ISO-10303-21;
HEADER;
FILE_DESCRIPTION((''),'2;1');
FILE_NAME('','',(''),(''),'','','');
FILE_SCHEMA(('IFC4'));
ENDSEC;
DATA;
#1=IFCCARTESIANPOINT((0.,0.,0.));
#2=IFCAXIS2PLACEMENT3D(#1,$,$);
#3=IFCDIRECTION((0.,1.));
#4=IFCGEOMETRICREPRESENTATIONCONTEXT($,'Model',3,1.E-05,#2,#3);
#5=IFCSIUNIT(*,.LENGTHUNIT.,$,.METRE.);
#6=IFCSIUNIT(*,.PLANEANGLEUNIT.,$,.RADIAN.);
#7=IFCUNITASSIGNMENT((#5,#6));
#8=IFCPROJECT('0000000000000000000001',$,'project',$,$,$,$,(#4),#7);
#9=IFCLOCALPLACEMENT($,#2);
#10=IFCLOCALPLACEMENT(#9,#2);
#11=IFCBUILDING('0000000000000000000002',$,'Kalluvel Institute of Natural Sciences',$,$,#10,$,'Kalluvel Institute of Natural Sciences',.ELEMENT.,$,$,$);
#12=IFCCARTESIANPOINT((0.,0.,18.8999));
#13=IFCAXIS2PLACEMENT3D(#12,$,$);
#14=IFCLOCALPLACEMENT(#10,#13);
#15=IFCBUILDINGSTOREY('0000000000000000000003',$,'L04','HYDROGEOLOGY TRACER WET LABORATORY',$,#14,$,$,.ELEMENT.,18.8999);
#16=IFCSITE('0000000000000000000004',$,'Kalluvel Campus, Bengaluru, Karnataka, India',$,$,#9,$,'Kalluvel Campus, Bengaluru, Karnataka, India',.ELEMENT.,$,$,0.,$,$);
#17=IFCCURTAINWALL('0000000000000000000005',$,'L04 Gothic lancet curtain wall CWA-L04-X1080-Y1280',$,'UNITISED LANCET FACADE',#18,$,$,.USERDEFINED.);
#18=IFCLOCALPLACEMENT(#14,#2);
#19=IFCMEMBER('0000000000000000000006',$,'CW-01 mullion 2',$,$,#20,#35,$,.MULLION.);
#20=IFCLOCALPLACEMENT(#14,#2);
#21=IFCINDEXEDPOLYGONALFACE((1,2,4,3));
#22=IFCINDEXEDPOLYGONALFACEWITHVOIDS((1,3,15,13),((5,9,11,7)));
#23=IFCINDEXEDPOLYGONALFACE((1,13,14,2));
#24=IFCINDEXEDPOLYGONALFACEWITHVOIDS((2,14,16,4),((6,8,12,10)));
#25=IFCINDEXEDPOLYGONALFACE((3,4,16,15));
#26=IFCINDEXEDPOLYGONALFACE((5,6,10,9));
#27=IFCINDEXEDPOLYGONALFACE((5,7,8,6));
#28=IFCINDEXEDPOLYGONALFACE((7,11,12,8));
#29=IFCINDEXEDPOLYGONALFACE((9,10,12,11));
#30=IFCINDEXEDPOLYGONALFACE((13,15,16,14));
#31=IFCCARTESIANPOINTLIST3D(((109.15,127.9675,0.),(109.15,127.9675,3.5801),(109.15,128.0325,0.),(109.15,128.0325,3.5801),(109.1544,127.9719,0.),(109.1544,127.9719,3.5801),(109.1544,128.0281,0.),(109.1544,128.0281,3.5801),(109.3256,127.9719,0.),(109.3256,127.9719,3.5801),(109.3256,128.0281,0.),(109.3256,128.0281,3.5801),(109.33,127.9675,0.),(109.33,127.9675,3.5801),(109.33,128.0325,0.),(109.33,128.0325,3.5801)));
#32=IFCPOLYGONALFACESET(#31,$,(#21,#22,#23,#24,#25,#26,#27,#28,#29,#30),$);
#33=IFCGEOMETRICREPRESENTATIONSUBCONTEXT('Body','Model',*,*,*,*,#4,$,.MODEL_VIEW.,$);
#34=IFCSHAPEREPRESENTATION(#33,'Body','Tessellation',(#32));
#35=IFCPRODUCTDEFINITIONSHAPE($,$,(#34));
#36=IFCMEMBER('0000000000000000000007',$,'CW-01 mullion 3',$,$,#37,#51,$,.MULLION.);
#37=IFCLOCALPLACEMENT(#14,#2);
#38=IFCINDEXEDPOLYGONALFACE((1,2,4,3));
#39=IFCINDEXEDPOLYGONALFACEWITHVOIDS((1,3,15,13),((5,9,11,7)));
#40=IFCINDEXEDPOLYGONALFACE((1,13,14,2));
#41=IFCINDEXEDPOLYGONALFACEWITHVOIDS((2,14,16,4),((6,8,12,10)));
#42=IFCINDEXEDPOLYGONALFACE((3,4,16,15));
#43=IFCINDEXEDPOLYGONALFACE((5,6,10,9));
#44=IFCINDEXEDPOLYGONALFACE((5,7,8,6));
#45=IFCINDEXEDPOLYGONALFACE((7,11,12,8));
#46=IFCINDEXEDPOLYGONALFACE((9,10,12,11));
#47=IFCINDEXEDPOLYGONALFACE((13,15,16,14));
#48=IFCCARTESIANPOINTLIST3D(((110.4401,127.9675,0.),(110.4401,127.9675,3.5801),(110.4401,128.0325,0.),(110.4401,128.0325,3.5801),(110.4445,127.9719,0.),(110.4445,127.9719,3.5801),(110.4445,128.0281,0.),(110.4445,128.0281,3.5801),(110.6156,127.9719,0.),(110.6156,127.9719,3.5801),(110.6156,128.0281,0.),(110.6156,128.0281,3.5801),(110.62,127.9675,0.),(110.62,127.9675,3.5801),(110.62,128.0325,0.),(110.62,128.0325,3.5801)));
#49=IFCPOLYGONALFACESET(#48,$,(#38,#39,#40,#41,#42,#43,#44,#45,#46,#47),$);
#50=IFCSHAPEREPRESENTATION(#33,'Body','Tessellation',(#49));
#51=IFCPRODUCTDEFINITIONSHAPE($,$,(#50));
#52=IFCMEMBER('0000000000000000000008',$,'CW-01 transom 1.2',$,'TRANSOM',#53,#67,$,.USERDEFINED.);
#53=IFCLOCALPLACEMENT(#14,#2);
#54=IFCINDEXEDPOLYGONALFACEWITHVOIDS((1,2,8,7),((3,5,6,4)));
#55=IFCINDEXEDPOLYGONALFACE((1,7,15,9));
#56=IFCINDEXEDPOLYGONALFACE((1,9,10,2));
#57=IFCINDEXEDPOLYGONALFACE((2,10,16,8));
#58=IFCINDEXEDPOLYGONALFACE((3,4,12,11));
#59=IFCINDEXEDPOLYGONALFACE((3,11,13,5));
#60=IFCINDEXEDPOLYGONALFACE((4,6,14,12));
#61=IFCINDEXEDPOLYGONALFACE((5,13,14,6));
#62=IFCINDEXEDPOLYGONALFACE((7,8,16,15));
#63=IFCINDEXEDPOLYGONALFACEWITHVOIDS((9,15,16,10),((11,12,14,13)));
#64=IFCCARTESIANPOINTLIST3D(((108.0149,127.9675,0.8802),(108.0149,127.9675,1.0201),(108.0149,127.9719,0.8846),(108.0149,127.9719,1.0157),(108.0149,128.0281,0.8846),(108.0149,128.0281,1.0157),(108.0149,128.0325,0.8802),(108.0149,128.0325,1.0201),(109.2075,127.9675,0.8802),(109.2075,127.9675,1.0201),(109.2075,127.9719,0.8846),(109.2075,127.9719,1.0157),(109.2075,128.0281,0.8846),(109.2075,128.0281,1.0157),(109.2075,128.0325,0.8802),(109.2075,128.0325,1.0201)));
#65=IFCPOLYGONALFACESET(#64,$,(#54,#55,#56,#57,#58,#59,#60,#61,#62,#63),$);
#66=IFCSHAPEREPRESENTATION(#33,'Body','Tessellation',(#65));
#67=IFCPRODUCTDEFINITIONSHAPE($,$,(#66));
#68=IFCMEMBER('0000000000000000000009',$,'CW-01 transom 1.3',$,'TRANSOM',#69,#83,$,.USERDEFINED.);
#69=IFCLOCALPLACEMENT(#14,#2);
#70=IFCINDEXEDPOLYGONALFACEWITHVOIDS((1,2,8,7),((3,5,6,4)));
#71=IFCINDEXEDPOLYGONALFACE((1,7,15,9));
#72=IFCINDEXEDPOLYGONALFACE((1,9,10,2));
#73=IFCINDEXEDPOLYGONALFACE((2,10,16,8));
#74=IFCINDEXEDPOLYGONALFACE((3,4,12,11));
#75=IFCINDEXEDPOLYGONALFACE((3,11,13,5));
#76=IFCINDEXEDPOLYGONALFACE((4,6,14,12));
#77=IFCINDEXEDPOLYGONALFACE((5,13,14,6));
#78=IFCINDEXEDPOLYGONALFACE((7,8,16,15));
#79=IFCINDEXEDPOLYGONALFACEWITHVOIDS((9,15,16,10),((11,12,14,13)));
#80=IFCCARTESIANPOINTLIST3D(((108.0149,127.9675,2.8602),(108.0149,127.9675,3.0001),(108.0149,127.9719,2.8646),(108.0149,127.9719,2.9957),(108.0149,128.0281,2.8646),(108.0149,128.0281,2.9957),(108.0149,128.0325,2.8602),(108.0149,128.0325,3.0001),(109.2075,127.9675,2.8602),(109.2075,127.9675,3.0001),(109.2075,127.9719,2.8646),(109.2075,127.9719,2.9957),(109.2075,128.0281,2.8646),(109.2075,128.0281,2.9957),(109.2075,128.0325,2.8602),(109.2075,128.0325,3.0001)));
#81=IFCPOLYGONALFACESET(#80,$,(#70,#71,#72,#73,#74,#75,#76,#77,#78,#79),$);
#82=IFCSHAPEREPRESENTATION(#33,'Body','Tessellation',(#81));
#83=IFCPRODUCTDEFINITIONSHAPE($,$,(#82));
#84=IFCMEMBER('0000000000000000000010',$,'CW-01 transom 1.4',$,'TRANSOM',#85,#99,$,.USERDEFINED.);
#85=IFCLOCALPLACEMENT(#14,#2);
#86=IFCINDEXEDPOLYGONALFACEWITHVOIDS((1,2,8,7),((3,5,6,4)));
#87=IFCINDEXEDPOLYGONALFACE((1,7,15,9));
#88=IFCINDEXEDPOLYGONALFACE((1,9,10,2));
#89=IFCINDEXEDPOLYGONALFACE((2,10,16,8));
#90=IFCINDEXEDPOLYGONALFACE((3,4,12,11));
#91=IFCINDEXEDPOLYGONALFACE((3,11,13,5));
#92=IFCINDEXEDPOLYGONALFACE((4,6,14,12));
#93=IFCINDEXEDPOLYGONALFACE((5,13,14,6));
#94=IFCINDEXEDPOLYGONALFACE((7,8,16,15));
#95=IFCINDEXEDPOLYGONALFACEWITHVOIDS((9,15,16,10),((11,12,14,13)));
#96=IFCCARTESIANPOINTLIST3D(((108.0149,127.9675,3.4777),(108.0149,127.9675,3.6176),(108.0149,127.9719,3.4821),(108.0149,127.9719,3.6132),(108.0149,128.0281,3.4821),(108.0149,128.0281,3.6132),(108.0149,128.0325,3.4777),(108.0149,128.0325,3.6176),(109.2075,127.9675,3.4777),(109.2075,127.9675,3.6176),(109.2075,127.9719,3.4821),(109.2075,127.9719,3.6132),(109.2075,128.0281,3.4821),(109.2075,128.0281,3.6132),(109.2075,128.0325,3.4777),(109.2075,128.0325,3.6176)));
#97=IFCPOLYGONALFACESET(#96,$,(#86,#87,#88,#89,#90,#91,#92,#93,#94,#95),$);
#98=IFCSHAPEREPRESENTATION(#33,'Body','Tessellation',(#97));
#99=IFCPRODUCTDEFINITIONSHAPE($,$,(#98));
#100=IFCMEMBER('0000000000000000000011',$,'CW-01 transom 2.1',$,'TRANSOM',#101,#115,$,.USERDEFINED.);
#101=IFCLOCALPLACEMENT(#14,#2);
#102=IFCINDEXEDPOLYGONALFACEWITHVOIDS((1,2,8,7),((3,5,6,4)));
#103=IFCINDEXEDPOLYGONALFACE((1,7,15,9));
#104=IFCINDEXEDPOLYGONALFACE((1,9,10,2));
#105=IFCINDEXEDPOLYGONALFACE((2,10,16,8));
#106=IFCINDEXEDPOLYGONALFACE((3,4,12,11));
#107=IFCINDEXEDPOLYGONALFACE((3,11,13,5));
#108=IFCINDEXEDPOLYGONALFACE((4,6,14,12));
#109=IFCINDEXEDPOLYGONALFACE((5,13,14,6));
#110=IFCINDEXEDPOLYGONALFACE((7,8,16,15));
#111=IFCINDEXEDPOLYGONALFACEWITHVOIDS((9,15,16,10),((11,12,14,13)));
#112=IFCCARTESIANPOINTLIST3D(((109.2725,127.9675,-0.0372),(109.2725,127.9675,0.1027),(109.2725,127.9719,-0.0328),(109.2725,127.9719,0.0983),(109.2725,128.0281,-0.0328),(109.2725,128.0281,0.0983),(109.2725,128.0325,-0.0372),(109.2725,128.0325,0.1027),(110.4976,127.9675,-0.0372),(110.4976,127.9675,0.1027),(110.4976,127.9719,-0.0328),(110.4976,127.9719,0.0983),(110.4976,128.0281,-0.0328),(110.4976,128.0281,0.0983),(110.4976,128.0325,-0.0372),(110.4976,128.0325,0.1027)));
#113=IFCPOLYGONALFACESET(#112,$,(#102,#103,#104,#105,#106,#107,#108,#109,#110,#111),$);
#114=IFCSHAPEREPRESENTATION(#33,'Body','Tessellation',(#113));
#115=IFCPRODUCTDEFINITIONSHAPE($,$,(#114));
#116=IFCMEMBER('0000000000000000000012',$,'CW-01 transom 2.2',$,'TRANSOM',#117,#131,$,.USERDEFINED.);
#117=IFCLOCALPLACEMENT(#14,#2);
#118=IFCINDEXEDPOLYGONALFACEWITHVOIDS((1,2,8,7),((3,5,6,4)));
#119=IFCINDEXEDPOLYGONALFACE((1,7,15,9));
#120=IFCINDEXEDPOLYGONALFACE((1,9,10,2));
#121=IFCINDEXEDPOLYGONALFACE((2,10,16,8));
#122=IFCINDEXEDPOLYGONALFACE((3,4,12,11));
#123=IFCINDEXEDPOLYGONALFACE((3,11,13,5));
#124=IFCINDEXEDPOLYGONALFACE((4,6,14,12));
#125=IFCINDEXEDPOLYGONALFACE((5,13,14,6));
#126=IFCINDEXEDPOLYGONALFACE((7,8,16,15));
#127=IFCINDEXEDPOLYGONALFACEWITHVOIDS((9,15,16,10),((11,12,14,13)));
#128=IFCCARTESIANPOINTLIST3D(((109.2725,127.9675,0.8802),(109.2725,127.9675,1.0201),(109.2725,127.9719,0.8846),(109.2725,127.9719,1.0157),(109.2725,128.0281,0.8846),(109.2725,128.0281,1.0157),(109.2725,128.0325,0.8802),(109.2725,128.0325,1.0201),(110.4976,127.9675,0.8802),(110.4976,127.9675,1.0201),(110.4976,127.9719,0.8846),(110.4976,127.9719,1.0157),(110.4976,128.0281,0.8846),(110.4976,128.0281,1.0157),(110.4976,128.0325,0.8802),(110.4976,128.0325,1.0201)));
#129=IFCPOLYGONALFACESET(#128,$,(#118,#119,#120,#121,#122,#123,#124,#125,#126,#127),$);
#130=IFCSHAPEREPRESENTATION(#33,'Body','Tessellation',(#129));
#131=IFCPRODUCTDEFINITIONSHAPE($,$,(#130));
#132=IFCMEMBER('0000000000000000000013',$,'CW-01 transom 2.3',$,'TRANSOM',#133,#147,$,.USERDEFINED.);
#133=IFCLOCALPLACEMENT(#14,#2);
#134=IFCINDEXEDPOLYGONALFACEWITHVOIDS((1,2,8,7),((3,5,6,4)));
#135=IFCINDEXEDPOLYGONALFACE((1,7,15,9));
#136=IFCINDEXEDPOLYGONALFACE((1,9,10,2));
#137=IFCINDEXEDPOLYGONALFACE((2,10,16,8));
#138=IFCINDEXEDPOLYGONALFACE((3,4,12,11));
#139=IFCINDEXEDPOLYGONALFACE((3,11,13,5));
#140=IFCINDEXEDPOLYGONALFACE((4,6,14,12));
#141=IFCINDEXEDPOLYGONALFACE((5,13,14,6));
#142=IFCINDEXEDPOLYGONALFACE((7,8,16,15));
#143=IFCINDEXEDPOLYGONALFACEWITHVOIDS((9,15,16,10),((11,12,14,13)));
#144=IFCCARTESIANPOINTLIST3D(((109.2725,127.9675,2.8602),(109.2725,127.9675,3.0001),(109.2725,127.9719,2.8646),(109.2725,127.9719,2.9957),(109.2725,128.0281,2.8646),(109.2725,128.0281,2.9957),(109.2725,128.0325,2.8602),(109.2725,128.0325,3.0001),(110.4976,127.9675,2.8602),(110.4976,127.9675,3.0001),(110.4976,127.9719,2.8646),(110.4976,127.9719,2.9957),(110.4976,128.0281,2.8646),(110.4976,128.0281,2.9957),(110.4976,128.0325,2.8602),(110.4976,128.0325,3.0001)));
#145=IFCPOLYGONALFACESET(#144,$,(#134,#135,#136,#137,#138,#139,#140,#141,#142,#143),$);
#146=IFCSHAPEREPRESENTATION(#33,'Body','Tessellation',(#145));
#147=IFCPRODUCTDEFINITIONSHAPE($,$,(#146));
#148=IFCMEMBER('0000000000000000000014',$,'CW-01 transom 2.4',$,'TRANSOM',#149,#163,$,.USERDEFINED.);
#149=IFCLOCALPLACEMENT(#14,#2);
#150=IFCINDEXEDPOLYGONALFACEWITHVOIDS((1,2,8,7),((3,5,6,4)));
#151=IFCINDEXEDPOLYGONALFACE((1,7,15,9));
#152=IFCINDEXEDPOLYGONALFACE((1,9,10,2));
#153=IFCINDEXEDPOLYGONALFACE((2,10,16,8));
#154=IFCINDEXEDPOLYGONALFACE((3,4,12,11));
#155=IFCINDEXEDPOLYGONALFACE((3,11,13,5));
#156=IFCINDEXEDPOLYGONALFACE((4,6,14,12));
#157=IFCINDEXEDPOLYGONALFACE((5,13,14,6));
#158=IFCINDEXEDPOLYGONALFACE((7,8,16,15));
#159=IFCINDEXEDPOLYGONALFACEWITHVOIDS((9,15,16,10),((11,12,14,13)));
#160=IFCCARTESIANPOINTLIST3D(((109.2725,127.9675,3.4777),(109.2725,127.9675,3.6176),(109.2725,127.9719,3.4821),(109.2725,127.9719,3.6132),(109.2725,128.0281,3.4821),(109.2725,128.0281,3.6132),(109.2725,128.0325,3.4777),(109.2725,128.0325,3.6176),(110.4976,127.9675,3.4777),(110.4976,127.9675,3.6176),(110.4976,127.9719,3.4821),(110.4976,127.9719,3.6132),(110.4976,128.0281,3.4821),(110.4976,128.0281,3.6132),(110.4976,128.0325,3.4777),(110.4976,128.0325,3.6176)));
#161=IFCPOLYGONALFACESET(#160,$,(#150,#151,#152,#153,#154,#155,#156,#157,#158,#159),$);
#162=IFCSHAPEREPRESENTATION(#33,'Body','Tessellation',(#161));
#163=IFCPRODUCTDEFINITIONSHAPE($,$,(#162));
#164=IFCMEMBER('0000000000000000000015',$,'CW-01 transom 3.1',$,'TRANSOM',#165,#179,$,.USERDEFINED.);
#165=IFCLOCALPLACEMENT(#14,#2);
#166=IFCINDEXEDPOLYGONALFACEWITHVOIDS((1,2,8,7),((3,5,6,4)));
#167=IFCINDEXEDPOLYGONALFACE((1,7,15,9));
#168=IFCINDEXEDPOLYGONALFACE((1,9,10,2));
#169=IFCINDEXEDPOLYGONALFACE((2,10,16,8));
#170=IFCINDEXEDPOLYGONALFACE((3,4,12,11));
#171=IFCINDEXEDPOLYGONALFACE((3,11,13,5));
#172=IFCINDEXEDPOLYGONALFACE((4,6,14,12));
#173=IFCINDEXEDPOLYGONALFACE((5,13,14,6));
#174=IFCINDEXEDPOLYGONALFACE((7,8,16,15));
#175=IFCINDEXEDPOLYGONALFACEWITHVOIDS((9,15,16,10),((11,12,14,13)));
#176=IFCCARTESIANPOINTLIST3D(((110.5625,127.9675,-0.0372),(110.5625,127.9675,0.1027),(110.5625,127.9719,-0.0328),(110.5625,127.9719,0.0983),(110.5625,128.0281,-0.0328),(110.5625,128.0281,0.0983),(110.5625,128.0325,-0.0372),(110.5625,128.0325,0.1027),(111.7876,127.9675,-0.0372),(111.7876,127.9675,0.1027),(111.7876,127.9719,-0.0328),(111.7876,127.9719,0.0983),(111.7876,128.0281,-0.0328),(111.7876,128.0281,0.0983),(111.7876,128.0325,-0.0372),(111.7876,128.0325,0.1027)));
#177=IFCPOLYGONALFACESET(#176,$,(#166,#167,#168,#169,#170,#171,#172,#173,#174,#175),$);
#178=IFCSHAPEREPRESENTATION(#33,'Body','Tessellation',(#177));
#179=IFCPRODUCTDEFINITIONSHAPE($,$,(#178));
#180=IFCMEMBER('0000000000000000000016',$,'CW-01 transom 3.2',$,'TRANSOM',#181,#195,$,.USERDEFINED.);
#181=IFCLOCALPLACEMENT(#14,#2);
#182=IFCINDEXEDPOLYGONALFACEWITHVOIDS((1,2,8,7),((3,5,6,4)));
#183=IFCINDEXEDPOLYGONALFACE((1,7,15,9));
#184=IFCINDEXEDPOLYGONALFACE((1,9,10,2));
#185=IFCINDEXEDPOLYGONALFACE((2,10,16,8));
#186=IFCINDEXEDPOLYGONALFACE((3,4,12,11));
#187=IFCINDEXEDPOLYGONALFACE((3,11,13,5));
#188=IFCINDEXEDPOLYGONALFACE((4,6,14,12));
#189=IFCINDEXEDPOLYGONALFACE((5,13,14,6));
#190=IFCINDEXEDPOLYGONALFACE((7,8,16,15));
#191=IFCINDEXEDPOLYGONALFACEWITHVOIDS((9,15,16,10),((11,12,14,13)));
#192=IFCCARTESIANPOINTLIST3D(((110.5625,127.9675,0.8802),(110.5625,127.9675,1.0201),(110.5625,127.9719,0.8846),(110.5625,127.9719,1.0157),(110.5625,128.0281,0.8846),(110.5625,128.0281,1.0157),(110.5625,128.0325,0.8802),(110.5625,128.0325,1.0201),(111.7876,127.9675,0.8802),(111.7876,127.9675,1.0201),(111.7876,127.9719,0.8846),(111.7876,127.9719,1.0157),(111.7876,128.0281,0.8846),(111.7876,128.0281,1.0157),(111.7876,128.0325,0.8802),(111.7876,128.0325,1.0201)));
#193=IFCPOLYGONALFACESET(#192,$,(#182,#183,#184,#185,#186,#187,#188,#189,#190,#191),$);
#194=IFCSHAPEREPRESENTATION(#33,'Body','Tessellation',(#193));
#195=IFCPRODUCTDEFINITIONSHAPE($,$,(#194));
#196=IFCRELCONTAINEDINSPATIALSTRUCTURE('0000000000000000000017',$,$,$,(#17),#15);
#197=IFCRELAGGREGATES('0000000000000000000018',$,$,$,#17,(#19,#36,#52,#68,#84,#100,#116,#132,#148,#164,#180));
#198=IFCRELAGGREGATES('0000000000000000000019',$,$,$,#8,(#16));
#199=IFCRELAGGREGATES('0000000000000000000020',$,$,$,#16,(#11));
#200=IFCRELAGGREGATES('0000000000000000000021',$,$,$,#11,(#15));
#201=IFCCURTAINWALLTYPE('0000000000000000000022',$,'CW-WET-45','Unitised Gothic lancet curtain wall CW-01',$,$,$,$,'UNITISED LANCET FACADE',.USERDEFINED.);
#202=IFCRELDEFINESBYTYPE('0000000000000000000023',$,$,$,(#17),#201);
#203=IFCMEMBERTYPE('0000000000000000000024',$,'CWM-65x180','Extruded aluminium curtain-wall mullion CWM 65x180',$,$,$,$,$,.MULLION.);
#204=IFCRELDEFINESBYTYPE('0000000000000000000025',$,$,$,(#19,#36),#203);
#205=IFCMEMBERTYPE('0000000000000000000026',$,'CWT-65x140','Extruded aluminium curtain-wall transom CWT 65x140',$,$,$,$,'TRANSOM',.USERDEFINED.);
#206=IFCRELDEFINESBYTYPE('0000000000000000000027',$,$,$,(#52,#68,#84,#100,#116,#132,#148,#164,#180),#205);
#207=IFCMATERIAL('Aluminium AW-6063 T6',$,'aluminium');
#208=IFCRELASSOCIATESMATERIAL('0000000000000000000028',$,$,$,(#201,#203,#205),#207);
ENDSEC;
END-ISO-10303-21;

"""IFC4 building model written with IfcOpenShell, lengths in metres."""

from ifc_helpers import new_model, si_unit, direction, frame, origin, origin_2d, place, context, subcontext, project, spatial, hollow_rectangle, extrude, material, material_profile, profile_set, type_object, element, aggregate, save


model = new_model("IFC4")

# Units and contexts
model_context = context("Model", 3, precision=1e-05, world=origin(), true_north=direction((0.0, 1.0)))
body_context = subcontext(model_context, "Body", "Model", "MODEL_VIEW")
ifc_project = project(units=[si_unit("LENGTHUNIT", "METRE"), si_unit("PLANEANGLEUNIT", "RADIAN")], contexts=[model_context])

# Site, building, storey
site_placement = place(None, origin())
site = spatial("IfcSite", under=ifc_project, at=site_placement, Name="Kalluvel Campus, Bengaluru, Karnataka, India", LongName="Kalluvel Campus, Bengaluru, Karnataka, India", CompositionType="ELEMENT", RefElevation=0.0)
building_placement = place(site_placement, origin())
building = spatial("IfcBuilding", under=site, at=building_placement, Name="Kalluvel Institute of Natural Sciences", LongName="Kalluvel Institute of Natural Sciences", CompositionType="ELEMENT")
storey_placement = place(building_placement, frame((0.0, 0.0, 18.8999)))
storey = spatial("IfcBuildingStorey", under=building, at=storey_placement, Name="L04", Description="HYDROGEOLOGY TRACER WET LABORATORY", CompositionType="ELEMENT", Elevation=18.8999)

# Curtain wall, members
ifc_material_1 = material(Name="Aluminium AW-6063 T6", Category="aluminium")
curtain_wall_type = type_object("IfcCurtainWallType", Name="CW-WET-45", Description="Unitised Gothic lancet curtain wall CW-01", ElementType="UNITISED LANCET FACADE", PredefinedType="USERDEFINED", material=ifc_material_1)
curtain_wall_placement = place(storey_placement, origin())
curtain_wall = element("IfcCurtainWall", 1, at=curtain_wall_placement, inside=storey, type_object=curtain_wall_type, Name="L04 Gothic lancet curtain wall CWA-L04-X1080-Y1280", ObjectType="UNITISED LANCET FACADE", PredefinedType="USERDEFINED")
ifc_material_profile_1 = material_profile(ifc_material_1, hollow_rectangle(XDim=0.0649, YDim=0.1799, WallThickness=0.0044, at=origin_2d()), Name="CWM 65x180")
ifc_profile_set_1 = profile_set([ifc_material_profile_1], Name="Aluminium AW-6063 T6")
member_type_1 = type_object("IfcMemberType", Name="CWM-65x180", Description="Extruded aluminium curtain-wall mullion CWM 65x180", PredefinedType="MULLION", material=ifc_profile_set_1)
member_1_placement = place(storey_placement, frame((109.24, 128.0, 0.0), z_axis=(0.0, 0.0, 1.0), x_axis=(0.0, 1.0, 0.0)))
member_1 = element("IfcMember", 2, at=member_1_placement, type_object=member_type_1, Name="CW-01 mullion 2", PredefinedType="MULLION", context=body_context, shape_type="SweptSolid", body=[
    extrude(hollow_rectangle(XDim=0.0649, YDim=0.1799, WallThickness=0.0044, at=origin_2d()), origin(), (0.0, 0.0, 1.0), 3.5801),
])
member_2_placement = place(storey_placement, frame((110.53, 128.0, 0.0), z_axis=(0.0, 0.0, 1.0), x_axis=(0.0, 1.0, 0.0)))
member_2 = element("IfcMember", 3, at=member_2_placement, type_object=member_type_1, Name="CW-01 mullion 3", PredefinedType="MULLION", context=body_context, shape_type="SweptSolid", body=[
    extrude(hollow_rectangle(XDim=0.0649, YDim=0.1799, WallThickness=0.0044, at=origin_2d()), origin(), (0.0, 0.0, 1.0), 3.5801),
])
ifc_material_profile_2 = material_profile(ifc_material_1, hollow_rectangle(XDim=0.0649, YDim=0.1399, WallThickness=0.0044, at=origin_2d()), Name="CWT 65x140")
ifc_profile_set_2 = profile_set([ifc_material_profile_2], Name="Aluminium AW-6063 T6")
member_type_2 = type_object("IfcMemberType", Name="CWT-65x140", Description="Extruded aluminium curtain-wall transom CWT 65x140", ElementType="TRANSOM", PredefinedType="USERDEFINED", material=ifc_profile_set_2)
member_3_placement = place(storey_placement, frame((108.0149, 128.0, 0.9502), z_axis=(1.0, 0.0, 0.0), x_axis=(0.0, 1.0, 0.0)))
member_3 = element("IfcMember", 4, at=member_3_placement, type_object=member_type_2, Name="CW-01 transom 1.2", ObjectType="TRANSOM", PredefinedType="USERDEFINED", context=body_context, shape_type="SweptSolid", body=[
    extrude(hollow_rectangle(XDim=0.0649, YDim=0.1399, WallThickness=0.0044, at=origin_2d()), origin(), (0.0, 0.0, 1.0), 1.1926),
])
member_4_placement = place(storey_placement, frame((108.0149, 128.0, 2.9302), z_axis=(1.0, 0.0, 0.0), x_axis=(0.0, 1.0, 0.0)))
member_4 = element("IfcMember", 5, at=member_4_placement, type_object=member_type_2, Name="CW-01 transom 1.3", ObjectType="TRANSOM", PredefinedType="USERDEFINED", context=body_context, shape_type="SweptSolid", body=[
    extrude(hollow_rectangle(XDim=0.0649, YDim=0.1399, WallThickness=0.0044, at=origin_2d()), origin(), (0.0, 0.0, 1.0), 1.1926),
])
member_5_placement = place(storey_placement, frame((108.0149, 128.0, 3.5476), z_axis=(1.0, 0.0, 0.0), x_axis=(0.0, 1.0, 0.0)))
member_5 = element("IfcMember", 6, at=member_5_placement, type_object=member_type_2, Name="CW-01 transom 1.4", ObjectType="TRANSOM", PredefinedType="USERDEFINED", context=body_context, shape_type="SweptSolid", body=[
    extrude(hollow_rectangle(XDim=0.0649, YDim=0.1399, WallThickness=0.0044, at=origin_2d()), origin(), (0.0, 0.0, 1.0), 1.1926),
])
member_6_placement = place(storey_placement, frame((109.2725, 128.0, 0.0327), z_axis=(1.0, 0.0, 0.0), x_axis=(0.0, 1.0, 0.0)))
member_6 = element("IfcMember", 7, at=member_6_placement, type_object=member_type_2, Name="CW-01 transom 2.1", ObjectType="TRANSOM", PredefinedType="USERDEFINED", context=body_context, shape_type="SweptSolid", body=[
    extrude(hollow_rectangle(XDim=0.0649, YDim=0.1399, WallThickness=0.0044, at=origin_2d()), origin(), (0.0, 0.0, 1.0), 1.2251),
])
member_7_placement = place(storey_placement, frame((109.2725, 128.0, 0.9502), z_axis=(1.0, 0.0, 0.0), x_axis=(0.0, 1.0, 0.0)))
member_7 = element("IfcMember", 8, at=member_7_placement, type_object=member_type_2, Name="CW-01 transom 2.2", ObjectType="TRANSOM", PredefinedType="USERDEFINED", context=body_context, shape_type="SweptSolid", body=[
    extrude(hollow_rectangle(XDim=0.0649, YDim=0.1399, WallThickness=0.0044, at=origin_2d()), origin(), (0.0, 0.0, 1.0), 1.2251),
])
member_8_placement = place(storey_placement, frame((109.2725, 128.0, 2.9302), z_axis=(1.0, 0.0, 0.0), x_axis=(0.0, 1.0, 0.0)))
member_8 = element("IfcMember", 9, at=member_8_placement, type_object=member_type_2, Name="CW-01 transom 2.3", ObjectType="TRANSOM", PredefinedType="USERDEFINED", context=body_context, shape_type="SweptSolid", body=[
    extrude(hollow_rectangle(XDim=0.0649, YDim=0.1399, WallThickness=0.0044, at=origin_2d()), origin(), (0.0, 0.0, 1.0), 1.2251),
])
member_9_placement = place(storey_placement, frame((109.2725, 128.0, 3.5476), z_axis=(1.0, 0.0, 0.0), x_axis=(0.0, 1.0, 0.0)))
member_9 = element("IfcMember", 10, at=member_9_placement, type_object=member_type_2, Name="CW-01 transom 2.4", ObjectType="TRANSOM", PredefinedType="USERDEFINED", context=body_context, shape_type="SweptSolid", body=[
    extrude(hollow_rectangle(XDim=0.0649, YDim=0.1399, WallThickness=0.0044, at=origin_2d()), origin(), (0.0, 0.0, 1.0), 1.2251),
])
member_10_placement = place(storey_placement, frame((110.5625, 128.0, 0.0327), z_axis=(1.0, 0.0, 0.0), x_axis=(0.0, 1.0, 0.0)))
member_10 = element("IfcMember", 11, at=member_10_placement, type_object=member_type_2, Name="CW-01 transom 3.1", ObjectType="TRANSOM", PredefinedType="USERDEFINED", context=body_context, shape_type="SweptSolid", body=[
    extrude(hollow_rectangle(XDim=0.0649, YDim=0.1399, WallThickness=0.0044, at=origin_2d()), origin(), (0.0, 0.0, 1.0), 1.2251),
])
member_11_placement = place(storey_placement, frame((110.5625, 128.0, 0.9502), z_axis=(1.0, 0.0, 0.0), x_axis=(0.0, 1.0, 0.0)))
member_11 = element("IfcMember", 12, at=member_11_placement, type_object=member_type_2, Name="CW-01 transom 3.2", ObjectType="TRANSOM", PredefinedType="USERDEFINED", context=body_context, shape_type="SweptSolid", body=[
    extrude(hollow_rectangle(XDim=0.0649, YDim=0.1399, WallThickness=0.0044, at=origin_2d()), origin(), (0.0, 0.0, 1.0), 1.2251),
])
aggregate(curtain_wall, [member_1, member_2, member_3, member_4, member_5, member_6, member_7, member_8, member_9, member_10, member_11])

save(model, "model.ifc")
